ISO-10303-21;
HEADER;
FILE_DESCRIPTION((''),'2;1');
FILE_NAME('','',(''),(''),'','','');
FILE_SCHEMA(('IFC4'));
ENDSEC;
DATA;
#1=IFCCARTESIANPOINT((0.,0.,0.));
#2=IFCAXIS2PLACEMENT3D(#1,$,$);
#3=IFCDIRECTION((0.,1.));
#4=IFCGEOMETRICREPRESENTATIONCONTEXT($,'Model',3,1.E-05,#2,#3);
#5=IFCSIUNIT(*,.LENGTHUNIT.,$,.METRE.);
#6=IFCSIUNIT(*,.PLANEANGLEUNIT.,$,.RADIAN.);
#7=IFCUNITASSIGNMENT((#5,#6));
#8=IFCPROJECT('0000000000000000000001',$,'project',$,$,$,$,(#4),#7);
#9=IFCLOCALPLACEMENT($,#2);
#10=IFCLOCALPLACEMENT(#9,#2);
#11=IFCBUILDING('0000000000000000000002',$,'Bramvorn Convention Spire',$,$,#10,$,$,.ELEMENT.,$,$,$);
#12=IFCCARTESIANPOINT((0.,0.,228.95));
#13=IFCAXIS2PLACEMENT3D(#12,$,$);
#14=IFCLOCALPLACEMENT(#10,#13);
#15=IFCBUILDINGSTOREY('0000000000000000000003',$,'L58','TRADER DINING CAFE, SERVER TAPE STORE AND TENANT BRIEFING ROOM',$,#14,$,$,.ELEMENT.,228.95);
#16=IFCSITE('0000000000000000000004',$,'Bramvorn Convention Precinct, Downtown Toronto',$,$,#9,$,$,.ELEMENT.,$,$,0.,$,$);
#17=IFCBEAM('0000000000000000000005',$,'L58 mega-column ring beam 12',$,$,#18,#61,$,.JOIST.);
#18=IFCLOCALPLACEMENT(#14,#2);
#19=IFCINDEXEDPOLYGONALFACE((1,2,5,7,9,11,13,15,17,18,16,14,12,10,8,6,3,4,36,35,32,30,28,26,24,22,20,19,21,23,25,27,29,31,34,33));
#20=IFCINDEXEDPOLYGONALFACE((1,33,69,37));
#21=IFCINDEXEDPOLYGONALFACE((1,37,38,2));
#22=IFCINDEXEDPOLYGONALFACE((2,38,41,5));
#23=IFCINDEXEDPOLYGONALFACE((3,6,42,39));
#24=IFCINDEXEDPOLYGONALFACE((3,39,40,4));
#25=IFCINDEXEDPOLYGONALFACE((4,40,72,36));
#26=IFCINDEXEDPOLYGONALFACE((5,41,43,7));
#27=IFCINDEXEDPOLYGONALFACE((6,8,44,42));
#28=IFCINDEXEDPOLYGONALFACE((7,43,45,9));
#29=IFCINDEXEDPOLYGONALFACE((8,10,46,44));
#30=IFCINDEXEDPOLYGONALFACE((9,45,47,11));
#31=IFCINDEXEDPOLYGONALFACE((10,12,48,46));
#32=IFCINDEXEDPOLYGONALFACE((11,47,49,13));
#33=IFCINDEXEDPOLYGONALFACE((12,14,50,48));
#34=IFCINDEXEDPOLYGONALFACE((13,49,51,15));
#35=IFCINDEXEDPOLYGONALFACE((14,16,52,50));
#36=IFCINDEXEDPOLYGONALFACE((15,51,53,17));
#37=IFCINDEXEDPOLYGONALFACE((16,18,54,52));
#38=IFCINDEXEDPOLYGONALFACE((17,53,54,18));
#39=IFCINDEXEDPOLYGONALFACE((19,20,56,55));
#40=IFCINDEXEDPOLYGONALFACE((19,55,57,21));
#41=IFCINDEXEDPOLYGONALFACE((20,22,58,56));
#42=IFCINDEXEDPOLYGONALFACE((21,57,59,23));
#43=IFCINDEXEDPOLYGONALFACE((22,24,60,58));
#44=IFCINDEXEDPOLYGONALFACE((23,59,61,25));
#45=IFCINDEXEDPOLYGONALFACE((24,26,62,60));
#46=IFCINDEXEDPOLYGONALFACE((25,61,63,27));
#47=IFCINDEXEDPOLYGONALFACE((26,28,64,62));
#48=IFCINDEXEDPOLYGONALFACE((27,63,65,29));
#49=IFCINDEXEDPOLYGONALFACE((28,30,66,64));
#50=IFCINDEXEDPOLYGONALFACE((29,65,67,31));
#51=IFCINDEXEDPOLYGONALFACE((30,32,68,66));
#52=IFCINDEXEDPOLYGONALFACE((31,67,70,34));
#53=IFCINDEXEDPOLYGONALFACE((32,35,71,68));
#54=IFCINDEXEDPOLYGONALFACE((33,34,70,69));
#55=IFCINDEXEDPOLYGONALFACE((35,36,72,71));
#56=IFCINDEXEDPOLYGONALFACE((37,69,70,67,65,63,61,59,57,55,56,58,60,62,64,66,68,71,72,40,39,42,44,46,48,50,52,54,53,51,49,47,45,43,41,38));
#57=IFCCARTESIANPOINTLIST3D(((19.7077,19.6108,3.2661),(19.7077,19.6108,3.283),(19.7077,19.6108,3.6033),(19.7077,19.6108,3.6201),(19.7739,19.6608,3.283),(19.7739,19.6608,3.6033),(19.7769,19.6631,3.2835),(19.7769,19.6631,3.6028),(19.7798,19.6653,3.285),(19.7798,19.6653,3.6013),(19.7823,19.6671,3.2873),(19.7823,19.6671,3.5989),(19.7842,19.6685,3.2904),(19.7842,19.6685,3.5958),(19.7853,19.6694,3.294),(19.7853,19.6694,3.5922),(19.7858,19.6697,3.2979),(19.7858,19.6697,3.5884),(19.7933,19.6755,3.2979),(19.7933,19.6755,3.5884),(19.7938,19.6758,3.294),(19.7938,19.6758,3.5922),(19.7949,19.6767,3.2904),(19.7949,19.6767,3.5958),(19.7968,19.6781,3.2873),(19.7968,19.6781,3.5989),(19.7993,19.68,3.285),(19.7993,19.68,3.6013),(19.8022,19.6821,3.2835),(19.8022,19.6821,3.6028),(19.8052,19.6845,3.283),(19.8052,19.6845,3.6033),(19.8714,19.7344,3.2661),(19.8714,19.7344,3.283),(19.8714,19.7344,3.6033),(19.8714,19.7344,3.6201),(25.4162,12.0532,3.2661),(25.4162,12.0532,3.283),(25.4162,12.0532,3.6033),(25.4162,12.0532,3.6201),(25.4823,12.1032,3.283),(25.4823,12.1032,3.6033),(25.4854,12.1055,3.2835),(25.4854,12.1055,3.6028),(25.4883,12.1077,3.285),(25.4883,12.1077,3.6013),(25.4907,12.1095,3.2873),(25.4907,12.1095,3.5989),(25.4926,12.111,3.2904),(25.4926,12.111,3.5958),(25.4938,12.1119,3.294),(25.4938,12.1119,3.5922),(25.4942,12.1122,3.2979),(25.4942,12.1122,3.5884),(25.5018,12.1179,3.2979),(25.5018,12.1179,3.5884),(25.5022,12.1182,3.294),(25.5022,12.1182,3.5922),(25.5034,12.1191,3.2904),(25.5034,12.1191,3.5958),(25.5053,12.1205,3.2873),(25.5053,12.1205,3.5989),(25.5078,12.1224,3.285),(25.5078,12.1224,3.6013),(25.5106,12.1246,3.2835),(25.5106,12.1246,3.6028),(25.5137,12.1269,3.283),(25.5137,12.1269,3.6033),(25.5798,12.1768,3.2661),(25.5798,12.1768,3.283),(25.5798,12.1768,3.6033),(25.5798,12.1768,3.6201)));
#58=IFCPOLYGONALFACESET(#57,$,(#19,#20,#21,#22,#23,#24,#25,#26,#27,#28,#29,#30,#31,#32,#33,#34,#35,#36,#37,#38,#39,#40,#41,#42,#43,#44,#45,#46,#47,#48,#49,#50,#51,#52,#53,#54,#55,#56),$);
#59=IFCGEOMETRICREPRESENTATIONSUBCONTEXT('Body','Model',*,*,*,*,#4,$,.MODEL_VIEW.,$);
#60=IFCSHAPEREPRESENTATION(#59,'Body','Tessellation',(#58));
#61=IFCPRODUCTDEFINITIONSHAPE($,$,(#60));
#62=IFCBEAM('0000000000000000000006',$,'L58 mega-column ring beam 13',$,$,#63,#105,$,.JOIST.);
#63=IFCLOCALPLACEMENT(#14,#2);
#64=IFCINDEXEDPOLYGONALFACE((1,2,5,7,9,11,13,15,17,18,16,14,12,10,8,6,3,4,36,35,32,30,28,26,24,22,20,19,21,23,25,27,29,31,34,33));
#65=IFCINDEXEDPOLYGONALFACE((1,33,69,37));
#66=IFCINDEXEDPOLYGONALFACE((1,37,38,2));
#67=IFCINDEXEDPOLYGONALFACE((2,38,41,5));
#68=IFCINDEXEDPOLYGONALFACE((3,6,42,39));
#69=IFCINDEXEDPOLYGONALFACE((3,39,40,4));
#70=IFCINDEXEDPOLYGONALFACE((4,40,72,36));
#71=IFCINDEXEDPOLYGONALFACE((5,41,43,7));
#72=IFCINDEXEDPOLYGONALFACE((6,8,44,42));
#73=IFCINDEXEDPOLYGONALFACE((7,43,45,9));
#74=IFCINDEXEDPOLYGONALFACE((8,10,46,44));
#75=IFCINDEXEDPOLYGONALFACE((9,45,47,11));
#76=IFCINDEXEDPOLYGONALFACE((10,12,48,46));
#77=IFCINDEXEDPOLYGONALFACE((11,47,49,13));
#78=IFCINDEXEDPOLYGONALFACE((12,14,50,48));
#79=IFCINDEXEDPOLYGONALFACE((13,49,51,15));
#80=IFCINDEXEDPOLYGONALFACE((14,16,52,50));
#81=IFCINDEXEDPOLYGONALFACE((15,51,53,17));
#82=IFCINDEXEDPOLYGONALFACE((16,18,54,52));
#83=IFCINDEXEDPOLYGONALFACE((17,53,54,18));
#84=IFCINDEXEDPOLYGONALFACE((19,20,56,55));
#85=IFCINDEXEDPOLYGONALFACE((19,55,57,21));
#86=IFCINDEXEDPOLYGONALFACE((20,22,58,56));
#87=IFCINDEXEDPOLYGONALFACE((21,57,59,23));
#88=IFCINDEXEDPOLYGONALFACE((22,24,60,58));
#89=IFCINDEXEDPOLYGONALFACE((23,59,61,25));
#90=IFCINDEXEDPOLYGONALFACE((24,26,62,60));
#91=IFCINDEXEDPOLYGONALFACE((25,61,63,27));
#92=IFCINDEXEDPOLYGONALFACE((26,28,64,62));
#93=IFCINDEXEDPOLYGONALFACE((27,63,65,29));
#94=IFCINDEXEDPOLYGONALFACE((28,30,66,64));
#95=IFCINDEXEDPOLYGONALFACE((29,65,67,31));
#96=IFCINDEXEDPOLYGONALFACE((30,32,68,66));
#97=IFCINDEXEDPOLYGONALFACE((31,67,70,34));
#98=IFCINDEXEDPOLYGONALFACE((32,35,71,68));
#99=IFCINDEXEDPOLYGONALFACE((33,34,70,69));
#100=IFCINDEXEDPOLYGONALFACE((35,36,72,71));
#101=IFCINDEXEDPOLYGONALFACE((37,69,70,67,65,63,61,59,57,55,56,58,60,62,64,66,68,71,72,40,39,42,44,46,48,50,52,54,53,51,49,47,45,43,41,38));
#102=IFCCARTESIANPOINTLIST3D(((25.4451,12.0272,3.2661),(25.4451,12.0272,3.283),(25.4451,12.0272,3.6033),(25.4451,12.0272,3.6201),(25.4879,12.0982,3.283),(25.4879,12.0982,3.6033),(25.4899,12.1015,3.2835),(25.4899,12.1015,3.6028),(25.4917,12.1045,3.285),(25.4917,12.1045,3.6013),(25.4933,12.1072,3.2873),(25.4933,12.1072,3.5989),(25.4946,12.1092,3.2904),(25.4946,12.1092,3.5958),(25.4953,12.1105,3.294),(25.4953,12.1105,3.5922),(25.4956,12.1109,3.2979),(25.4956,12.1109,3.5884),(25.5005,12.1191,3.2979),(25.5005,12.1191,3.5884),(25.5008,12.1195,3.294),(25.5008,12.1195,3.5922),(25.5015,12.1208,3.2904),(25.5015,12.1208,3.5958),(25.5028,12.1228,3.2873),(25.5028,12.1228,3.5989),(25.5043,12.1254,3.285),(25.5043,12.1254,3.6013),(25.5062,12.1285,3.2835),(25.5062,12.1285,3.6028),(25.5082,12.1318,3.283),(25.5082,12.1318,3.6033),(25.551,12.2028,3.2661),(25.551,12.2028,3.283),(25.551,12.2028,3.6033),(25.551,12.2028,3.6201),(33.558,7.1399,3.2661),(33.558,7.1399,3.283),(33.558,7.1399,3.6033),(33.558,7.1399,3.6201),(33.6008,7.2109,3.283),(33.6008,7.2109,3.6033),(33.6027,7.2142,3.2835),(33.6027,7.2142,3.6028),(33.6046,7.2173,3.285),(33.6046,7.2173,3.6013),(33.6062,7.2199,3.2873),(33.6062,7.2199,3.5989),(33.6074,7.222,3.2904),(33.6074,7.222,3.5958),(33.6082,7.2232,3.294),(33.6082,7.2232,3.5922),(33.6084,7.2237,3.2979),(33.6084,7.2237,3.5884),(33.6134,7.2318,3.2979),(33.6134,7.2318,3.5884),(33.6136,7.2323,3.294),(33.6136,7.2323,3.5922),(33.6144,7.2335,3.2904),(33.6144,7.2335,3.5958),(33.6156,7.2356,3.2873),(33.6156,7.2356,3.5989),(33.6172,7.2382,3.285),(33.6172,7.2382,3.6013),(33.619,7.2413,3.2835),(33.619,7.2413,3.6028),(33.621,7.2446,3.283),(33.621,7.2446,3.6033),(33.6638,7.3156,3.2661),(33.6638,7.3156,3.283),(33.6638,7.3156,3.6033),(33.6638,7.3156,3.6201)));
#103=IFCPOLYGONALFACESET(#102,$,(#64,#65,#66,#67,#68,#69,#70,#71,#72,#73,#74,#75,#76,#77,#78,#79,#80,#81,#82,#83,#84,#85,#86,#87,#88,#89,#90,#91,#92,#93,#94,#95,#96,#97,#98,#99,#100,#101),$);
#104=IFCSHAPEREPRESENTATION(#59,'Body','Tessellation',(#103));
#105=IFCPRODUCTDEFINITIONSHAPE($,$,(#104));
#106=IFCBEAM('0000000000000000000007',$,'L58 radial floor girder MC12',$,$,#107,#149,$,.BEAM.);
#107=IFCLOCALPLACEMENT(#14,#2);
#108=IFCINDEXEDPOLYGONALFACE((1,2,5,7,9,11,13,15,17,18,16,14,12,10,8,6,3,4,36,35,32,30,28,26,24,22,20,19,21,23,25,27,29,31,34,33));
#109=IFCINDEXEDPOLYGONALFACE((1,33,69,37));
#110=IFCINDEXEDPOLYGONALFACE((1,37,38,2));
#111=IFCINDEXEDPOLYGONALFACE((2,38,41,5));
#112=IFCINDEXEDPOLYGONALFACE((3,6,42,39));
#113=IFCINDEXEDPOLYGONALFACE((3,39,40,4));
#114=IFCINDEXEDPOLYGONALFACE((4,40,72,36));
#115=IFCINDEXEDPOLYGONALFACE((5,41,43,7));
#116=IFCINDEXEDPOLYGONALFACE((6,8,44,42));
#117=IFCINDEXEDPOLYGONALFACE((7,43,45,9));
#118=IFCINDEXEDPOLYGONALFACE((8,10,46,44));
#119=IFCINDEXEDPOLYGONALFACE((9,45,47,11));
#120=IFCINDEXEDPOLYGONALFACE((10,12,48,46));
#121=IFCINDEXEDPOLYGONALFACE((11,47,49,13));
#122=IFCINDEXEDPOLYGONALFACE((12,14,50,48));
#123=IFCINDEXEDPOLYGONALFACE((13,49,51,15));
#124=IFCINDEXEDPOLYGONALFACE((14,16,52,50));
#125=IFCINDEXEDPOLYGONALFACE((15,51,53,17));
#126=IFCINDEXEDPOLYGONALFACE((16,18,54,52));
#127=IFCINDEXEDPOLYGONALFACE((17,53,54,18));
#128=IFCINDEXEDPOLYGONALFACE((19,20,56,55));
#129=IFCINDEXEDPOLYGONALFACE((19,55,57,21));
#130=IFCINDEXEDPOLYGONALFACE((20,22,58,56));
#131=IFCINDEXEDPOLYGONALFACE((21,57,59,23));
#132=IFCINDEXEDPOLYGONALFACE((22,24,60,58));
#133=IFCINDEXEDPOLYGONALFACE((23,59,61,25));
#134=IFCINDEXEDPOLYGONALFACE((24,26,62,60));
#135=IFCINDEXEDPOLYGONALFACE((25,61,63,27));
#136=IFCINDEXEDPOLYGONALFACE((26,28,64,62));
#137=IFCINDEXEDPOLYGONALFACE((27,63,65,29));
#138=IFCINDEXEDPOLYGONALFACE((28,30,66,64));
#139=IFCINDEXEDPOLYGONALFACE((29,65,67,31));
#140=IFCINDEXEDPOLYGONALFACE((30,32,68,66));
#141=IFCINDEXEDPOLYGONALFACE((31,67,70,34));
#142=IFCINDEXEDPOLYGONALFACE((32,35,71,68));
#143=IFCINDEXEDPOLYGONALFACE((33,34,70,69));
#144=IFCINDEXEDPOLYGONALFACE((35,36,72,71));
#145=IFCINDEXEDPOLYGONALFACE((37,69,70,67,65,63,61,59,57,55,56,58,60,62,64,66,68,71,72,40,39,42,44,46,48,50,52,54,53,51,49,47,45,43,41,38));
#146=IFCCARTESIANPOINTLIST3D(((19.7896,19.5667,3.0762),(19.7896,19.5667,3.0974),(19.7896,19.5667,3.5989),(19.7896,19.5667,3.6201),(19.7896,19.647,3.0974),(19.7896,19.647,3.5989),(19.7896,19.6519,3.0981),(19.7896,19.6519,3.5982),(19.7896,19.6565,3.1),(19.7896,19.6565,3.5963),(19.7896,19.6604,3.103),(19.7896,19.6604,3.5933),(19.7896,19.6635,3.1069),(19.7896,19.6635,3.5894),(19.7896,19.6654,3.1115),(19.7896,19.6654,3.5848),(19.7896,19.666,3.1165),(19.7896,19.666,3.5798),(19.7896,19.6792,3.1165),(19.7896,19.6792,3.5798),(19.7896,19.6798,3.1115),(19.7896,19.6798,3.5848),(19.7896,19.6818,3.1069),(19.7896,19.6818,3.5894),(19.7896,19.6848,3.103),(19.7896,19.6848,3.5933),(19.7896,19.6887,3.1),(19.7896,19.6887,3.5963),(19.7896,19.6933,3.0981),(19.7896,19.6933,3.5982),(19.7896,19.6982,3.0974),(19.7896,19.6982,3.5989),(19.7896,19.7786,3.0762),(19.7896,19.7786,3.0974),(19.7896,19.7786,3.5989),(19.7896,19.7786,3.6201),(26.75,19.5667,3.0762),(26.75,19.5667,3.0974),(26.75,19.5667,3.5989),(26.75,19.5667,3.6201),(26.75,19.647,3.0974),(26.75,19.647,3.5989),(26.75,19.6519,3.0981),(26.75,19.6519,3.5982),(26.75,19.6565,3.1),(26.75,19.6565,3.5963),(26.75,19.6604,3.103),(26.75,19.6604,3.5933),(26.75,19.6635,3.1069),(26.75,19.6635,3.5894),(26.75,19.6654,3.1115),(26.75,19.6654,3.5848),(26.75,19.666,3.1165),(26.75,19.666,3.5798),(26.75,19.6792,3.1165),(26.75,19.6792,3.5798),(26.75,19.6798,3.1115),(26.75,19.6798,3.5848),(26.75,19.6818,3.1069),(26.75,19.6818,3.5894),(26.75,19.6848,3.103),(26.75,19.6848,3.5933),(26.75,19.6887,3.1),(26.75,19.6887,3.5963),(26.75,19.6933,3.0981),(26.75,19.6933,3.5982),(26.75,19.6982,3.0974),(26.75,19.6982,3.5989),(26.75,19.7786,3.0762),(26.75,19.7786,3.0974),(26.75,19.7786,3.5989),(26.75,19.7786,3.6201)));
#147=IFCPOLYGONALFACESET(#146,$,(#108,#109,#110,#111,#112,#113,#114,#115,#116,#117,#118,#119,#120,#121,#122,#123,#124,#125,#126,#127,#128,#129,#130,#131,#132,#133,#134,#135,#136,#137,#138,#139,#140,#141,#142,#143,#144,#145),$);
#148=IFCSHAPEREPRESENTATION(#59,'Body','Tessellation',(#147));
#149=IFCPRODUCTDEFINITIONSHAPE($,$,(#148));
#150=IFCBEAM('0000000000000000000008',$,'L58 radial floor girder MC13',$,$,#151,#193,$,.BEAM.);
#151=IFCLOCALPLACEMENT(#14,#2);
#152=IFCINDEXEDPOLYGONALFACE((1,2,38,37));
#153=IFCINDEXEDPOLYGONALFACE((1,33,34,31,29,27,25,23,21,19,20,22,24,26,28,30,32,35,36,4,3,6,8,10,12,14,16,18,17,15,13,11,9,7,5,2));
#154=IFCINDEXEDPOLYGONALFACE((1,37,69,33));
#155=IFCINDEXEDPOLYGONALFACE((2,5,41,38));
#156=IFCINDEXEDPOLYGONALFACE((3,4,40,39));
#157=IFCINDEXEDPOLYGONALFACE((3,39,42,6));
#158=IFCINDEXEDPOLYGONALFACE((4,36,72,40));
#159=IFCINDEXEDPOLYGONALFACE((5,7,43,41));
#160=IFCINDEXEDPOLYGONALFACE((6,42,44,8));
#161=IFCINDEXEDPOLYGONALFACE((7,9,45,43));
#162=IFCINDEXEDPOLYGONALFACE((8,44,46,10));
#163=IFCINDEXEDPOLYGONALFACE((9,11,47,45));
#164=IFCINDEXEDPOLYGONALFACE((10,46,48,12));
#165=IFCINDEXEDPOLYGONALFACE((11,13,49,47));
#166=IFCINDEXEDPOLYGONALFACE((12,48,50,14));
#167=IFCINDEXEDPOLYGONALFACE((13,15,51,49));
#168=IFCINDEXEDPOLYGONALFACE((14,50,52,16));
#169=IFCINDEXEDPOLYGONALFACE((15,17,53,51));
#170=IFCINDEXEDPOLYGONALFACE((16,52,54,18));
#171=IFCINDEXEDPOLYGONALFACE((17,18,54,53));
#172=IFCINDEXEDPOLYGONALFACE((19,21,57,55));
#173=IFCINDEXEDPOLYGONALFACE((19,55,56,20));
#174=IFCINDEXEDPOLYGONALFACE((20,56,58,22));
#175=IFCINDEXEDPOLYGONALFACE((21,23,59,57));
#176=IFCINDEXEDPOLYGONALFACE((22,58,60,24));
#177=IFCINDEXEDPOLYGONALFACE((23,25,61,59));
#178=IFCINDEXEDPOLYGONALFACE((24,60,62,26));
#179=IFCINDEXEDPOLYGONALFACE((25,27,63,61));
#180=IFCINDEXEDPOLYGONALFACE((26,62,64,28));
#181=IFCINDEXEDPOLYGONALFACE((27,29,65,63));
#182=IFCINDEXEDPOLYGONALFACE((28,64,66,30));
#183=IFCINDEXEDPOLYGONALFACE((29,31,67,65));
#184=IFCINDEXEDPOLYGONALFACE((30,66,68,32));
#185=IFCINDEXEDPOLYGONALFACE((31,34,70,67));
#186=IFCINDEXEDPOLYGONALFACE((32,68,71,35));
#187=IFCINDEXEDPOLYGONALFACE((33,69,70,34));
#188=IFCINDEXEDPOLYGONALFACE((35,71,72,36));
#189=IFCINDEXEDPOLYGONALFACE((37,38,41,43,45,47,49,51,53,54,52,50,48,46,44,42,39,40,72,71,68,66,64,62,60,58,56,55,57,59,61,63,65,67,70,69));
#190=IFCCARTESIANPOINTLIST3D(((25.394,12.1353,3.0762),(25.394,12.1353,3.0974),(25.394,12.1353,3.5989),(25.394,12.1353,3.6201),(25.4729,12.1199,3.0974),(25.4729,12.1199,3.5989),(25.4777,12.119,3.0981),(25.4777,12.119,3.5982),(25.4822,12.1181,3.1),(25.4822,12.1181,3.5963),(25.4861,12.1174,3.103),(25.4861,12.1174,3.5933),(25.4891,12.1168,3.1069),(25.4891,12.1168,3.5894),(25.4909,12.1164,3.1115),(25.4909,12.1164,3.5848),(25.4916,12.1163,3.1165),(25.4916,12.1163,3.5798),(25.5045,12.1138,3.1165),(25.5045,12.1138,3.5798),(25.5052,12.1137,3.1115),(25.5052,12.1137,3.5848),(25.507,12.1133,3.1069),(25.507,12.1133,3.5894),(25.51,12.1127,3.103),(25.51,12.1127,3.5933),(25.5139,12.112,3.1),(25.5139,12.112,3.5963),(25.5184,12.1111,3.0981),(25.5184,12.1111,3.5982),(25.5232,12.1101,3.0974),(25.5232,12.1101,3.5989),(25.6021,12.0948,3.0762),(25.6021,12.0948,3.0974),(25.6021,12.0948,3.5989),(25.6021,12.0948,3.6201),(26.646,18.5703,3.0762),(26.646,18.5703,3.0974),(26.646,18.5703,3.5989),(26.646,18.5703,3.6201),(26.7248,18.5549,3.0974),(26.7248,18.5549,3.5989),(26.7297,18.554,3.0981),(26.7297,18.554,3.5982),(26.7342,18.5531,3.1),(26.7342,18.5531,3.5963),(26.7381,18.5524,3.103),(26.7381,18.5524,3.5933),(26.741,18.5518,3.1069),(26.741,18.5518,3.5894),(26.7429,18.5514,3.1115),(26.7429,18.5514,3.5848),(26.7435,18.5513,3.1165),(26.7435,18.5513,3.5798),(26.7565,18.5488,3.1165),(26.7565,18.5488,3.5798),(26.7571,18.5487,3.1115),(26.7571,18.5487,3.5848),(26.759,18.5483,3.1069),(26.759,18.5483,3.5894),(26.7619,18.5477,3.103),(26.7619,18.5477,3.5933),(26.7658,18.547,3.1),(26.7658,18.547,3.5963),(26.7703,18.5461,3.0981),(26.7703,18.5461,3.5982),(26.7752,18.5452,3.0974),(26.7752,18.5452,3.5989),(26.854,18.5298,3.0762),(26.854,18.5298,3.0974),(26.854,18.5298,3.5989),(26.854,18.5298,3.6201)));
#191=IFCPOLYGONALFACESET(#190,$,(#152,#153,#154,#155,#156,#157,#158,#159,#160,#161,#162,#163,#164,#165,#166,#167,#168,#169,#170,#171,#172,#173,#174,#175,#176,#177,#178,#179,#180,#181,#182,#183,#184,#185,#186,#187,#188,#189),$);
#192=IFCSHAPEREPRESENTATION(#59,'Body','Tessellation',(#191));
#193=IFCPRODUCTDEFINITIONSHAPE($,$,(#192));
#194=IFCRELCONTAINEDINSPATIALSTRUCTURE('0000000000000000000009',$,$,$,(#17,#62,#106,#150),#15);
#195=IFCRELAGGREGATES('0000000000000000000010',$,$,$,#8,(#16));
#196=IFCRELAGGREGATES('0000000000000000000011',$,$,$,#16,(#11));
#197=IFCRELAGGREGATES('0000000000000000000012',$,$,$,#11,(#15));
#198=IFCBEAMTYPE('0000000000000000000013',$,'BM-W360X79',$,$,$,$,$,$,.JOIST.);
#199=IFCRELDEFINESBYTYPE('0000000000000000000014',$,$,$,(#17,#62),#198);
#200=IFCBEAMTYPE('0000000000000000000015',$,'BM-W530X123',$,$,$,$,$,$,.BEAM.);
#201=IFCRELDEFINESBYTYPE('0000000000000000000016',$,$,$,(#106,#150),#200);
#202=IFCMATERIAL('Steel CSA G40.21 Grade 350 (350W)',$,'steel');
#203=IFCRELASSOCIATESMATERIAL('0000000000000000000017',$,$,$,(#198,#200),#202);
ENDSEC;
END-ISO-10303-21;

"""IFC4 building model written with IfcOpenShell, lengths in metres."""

from ifc_helpers import new_model, si_unit, direction, frame, origin, origin_2d, place, context, subcontext, project, spatial, i_section, extrude, material, material_profile, profile_set, type_object, element, save


model = new_model("IFC4")

# Units and contexts
model_context = context("Model", 3, precision=1e-05, world=origin(), true_north=direction((0.0, 1.0)))
body_context = subcontext(model_context, "Body", "Model", "MODEL_VIEW")
ifc_project = project(units=[si_unit("LENGTHUNIT", "METRE"), si_unit("PLANEANGLEUNIT", "RADIAN")], contexts=[model_context])

# Site, building, storey
site_placement = place(None, origin())
site = spatial("IfcSite", under=ifc_project, at=site_placement, Name="Bramvorn Convention Precinct, Downtown Toronto", CompositionType="ELEMENT", RefElevation=0.0)
building_placement = place(site_placement, origin())
building = spatial("IfcBuilding", under=site, at=building_placement, Name="Bramvorn Convention Spire", CompositionType="ELEMENT")
storey_placement = place(building_placement, frame((0.0, 0.0, 228.95)))
storey = spatial("IfcBuildingStorey", under=building, at=storey_placement, Name="L58", Description="TRADER DINING CAFE, SERVER TAPE STORE AND TENANT BRIEFING ROOM", CompositionType="ELEMENT", Elevation=228.95)

# Shared definitions
ifc_material_1 = material(Name="Steel CSA G40.21 Grade 350 (350W)", Category="steel")

# Beams
ifc_material_profile_1 = material_profile(ifc_material_1, i_section(OverallWidth=0.2051, OverallDepth=0.354, WebThickness=0.0095, FlangeThickness=0.0168, FilletRadius=0.0149, at=origin_2d()))
ifc_profile_set_1 = profile_set([ifc_material_profile_1], Name="Steel CSA G40.21 Grade 350 (350W) - W360X79")
beam_type_1 = type_object("IfcBeamType", Name="BM-W360X79", PredefinedType="JOIST", material=ifc_profile_set_1)
for number, where, z_axis, x_axis, name in (
    (1, (19.7896, 19.6726, 3.4431), (0.602719, -0.797954, 0.0), (0.797954, 0.602719, 0.0), "L58 mega-column ring beam 12"),
    (2, (25.498, 12.115, 3.4431), (0.856582, -0.516011, 0.0), (0.516011, 0.856582, 0.0), "L58 mega-column ring beam 13"),
):
    element("IfcBeam", number, at=place(storey_placement, frame(where, z_axis=z_axis, x_axis=x_axis)), inside=storey, type_object=beam_type_1, Name=name, PredefinedType="JOIST", context=body_context, shape_type="SweptSolid", body=[
        extrude(i_section(OverallWidth=0.2051, OverallDepth=0.354, WebThickness=0.0095, FlangeThickness=0.0168, FilletRadius=0.0149, at=origin_2d()), origin(), (0.0, 0.0, 1.0), 9.4712),
    ])
ifc_material_profile_2 = material_profile(ifc_material_1, i_section(OverallWidth=0.2119, OverallDepth=0.5439, WebThickness=0.0132, FlangeThickness=0.0212, FilletRadius=0.019, at=origin_2d()))
ifc_profile_set_2 = profile_set([ifc_material_profile_2], Name="Steel CSA G40.21 Grade 350 (350W) - W530X123")
beam_type_2 = type_object("IfcBeamType", Name="BM-W530X123", PredefinedType="BEAM", material=ifc_profile_set_2)
beam_1_placement = place(storey_placement, frame((26.75, 19.6726, 3.3481), z_axis=(-1.0, 0.0, 0.0), x_axis=(0.0, -1.0, 0.0)))
element("IfcBeam", 3, at=beam_1_placement, inside=storey, type_object=beam_type_2, Name="L58 radial floor girder MC12", PredefinedType="BEAM", context=body_context, shape_type="SweptSolid", body=[
    extrude(i_section(OverallWidth=0.2119, OverallDepth=0.5439, WebThickness=0.0132, FlangeThickness=0.0212, FilletRadius=0.019, at=origin_2d()), origin(), (0.0, 0.0, 1.0), 6.9604),
])
beam_2_placement = place(storey_placement, frame((26.75, 18.55, 3.3481), z_axis=(-0.190971, -0.981596, 0.0), x_axis=(0.981596, -0.190971, 0.0)))
element("IfcBeam", 4, at=beam_2_placement, inside=storey, type_object=beam_type_2, Name="L58 radial floor girder MC13", PredefinedType="BEAM", context=body_context, shape_type="SweptSolid", body=[
    extrude(i_section(OverallWidth=0.2119, OverallDepth=0.5439, WebThickness=0.0132, FlangeThickness=0.0212, FilletRadius=0.019, at=origin_2d()), origin(), (0.0, 0.0, 1.0), 6.5557),
])

save(model, "model.ifc")
